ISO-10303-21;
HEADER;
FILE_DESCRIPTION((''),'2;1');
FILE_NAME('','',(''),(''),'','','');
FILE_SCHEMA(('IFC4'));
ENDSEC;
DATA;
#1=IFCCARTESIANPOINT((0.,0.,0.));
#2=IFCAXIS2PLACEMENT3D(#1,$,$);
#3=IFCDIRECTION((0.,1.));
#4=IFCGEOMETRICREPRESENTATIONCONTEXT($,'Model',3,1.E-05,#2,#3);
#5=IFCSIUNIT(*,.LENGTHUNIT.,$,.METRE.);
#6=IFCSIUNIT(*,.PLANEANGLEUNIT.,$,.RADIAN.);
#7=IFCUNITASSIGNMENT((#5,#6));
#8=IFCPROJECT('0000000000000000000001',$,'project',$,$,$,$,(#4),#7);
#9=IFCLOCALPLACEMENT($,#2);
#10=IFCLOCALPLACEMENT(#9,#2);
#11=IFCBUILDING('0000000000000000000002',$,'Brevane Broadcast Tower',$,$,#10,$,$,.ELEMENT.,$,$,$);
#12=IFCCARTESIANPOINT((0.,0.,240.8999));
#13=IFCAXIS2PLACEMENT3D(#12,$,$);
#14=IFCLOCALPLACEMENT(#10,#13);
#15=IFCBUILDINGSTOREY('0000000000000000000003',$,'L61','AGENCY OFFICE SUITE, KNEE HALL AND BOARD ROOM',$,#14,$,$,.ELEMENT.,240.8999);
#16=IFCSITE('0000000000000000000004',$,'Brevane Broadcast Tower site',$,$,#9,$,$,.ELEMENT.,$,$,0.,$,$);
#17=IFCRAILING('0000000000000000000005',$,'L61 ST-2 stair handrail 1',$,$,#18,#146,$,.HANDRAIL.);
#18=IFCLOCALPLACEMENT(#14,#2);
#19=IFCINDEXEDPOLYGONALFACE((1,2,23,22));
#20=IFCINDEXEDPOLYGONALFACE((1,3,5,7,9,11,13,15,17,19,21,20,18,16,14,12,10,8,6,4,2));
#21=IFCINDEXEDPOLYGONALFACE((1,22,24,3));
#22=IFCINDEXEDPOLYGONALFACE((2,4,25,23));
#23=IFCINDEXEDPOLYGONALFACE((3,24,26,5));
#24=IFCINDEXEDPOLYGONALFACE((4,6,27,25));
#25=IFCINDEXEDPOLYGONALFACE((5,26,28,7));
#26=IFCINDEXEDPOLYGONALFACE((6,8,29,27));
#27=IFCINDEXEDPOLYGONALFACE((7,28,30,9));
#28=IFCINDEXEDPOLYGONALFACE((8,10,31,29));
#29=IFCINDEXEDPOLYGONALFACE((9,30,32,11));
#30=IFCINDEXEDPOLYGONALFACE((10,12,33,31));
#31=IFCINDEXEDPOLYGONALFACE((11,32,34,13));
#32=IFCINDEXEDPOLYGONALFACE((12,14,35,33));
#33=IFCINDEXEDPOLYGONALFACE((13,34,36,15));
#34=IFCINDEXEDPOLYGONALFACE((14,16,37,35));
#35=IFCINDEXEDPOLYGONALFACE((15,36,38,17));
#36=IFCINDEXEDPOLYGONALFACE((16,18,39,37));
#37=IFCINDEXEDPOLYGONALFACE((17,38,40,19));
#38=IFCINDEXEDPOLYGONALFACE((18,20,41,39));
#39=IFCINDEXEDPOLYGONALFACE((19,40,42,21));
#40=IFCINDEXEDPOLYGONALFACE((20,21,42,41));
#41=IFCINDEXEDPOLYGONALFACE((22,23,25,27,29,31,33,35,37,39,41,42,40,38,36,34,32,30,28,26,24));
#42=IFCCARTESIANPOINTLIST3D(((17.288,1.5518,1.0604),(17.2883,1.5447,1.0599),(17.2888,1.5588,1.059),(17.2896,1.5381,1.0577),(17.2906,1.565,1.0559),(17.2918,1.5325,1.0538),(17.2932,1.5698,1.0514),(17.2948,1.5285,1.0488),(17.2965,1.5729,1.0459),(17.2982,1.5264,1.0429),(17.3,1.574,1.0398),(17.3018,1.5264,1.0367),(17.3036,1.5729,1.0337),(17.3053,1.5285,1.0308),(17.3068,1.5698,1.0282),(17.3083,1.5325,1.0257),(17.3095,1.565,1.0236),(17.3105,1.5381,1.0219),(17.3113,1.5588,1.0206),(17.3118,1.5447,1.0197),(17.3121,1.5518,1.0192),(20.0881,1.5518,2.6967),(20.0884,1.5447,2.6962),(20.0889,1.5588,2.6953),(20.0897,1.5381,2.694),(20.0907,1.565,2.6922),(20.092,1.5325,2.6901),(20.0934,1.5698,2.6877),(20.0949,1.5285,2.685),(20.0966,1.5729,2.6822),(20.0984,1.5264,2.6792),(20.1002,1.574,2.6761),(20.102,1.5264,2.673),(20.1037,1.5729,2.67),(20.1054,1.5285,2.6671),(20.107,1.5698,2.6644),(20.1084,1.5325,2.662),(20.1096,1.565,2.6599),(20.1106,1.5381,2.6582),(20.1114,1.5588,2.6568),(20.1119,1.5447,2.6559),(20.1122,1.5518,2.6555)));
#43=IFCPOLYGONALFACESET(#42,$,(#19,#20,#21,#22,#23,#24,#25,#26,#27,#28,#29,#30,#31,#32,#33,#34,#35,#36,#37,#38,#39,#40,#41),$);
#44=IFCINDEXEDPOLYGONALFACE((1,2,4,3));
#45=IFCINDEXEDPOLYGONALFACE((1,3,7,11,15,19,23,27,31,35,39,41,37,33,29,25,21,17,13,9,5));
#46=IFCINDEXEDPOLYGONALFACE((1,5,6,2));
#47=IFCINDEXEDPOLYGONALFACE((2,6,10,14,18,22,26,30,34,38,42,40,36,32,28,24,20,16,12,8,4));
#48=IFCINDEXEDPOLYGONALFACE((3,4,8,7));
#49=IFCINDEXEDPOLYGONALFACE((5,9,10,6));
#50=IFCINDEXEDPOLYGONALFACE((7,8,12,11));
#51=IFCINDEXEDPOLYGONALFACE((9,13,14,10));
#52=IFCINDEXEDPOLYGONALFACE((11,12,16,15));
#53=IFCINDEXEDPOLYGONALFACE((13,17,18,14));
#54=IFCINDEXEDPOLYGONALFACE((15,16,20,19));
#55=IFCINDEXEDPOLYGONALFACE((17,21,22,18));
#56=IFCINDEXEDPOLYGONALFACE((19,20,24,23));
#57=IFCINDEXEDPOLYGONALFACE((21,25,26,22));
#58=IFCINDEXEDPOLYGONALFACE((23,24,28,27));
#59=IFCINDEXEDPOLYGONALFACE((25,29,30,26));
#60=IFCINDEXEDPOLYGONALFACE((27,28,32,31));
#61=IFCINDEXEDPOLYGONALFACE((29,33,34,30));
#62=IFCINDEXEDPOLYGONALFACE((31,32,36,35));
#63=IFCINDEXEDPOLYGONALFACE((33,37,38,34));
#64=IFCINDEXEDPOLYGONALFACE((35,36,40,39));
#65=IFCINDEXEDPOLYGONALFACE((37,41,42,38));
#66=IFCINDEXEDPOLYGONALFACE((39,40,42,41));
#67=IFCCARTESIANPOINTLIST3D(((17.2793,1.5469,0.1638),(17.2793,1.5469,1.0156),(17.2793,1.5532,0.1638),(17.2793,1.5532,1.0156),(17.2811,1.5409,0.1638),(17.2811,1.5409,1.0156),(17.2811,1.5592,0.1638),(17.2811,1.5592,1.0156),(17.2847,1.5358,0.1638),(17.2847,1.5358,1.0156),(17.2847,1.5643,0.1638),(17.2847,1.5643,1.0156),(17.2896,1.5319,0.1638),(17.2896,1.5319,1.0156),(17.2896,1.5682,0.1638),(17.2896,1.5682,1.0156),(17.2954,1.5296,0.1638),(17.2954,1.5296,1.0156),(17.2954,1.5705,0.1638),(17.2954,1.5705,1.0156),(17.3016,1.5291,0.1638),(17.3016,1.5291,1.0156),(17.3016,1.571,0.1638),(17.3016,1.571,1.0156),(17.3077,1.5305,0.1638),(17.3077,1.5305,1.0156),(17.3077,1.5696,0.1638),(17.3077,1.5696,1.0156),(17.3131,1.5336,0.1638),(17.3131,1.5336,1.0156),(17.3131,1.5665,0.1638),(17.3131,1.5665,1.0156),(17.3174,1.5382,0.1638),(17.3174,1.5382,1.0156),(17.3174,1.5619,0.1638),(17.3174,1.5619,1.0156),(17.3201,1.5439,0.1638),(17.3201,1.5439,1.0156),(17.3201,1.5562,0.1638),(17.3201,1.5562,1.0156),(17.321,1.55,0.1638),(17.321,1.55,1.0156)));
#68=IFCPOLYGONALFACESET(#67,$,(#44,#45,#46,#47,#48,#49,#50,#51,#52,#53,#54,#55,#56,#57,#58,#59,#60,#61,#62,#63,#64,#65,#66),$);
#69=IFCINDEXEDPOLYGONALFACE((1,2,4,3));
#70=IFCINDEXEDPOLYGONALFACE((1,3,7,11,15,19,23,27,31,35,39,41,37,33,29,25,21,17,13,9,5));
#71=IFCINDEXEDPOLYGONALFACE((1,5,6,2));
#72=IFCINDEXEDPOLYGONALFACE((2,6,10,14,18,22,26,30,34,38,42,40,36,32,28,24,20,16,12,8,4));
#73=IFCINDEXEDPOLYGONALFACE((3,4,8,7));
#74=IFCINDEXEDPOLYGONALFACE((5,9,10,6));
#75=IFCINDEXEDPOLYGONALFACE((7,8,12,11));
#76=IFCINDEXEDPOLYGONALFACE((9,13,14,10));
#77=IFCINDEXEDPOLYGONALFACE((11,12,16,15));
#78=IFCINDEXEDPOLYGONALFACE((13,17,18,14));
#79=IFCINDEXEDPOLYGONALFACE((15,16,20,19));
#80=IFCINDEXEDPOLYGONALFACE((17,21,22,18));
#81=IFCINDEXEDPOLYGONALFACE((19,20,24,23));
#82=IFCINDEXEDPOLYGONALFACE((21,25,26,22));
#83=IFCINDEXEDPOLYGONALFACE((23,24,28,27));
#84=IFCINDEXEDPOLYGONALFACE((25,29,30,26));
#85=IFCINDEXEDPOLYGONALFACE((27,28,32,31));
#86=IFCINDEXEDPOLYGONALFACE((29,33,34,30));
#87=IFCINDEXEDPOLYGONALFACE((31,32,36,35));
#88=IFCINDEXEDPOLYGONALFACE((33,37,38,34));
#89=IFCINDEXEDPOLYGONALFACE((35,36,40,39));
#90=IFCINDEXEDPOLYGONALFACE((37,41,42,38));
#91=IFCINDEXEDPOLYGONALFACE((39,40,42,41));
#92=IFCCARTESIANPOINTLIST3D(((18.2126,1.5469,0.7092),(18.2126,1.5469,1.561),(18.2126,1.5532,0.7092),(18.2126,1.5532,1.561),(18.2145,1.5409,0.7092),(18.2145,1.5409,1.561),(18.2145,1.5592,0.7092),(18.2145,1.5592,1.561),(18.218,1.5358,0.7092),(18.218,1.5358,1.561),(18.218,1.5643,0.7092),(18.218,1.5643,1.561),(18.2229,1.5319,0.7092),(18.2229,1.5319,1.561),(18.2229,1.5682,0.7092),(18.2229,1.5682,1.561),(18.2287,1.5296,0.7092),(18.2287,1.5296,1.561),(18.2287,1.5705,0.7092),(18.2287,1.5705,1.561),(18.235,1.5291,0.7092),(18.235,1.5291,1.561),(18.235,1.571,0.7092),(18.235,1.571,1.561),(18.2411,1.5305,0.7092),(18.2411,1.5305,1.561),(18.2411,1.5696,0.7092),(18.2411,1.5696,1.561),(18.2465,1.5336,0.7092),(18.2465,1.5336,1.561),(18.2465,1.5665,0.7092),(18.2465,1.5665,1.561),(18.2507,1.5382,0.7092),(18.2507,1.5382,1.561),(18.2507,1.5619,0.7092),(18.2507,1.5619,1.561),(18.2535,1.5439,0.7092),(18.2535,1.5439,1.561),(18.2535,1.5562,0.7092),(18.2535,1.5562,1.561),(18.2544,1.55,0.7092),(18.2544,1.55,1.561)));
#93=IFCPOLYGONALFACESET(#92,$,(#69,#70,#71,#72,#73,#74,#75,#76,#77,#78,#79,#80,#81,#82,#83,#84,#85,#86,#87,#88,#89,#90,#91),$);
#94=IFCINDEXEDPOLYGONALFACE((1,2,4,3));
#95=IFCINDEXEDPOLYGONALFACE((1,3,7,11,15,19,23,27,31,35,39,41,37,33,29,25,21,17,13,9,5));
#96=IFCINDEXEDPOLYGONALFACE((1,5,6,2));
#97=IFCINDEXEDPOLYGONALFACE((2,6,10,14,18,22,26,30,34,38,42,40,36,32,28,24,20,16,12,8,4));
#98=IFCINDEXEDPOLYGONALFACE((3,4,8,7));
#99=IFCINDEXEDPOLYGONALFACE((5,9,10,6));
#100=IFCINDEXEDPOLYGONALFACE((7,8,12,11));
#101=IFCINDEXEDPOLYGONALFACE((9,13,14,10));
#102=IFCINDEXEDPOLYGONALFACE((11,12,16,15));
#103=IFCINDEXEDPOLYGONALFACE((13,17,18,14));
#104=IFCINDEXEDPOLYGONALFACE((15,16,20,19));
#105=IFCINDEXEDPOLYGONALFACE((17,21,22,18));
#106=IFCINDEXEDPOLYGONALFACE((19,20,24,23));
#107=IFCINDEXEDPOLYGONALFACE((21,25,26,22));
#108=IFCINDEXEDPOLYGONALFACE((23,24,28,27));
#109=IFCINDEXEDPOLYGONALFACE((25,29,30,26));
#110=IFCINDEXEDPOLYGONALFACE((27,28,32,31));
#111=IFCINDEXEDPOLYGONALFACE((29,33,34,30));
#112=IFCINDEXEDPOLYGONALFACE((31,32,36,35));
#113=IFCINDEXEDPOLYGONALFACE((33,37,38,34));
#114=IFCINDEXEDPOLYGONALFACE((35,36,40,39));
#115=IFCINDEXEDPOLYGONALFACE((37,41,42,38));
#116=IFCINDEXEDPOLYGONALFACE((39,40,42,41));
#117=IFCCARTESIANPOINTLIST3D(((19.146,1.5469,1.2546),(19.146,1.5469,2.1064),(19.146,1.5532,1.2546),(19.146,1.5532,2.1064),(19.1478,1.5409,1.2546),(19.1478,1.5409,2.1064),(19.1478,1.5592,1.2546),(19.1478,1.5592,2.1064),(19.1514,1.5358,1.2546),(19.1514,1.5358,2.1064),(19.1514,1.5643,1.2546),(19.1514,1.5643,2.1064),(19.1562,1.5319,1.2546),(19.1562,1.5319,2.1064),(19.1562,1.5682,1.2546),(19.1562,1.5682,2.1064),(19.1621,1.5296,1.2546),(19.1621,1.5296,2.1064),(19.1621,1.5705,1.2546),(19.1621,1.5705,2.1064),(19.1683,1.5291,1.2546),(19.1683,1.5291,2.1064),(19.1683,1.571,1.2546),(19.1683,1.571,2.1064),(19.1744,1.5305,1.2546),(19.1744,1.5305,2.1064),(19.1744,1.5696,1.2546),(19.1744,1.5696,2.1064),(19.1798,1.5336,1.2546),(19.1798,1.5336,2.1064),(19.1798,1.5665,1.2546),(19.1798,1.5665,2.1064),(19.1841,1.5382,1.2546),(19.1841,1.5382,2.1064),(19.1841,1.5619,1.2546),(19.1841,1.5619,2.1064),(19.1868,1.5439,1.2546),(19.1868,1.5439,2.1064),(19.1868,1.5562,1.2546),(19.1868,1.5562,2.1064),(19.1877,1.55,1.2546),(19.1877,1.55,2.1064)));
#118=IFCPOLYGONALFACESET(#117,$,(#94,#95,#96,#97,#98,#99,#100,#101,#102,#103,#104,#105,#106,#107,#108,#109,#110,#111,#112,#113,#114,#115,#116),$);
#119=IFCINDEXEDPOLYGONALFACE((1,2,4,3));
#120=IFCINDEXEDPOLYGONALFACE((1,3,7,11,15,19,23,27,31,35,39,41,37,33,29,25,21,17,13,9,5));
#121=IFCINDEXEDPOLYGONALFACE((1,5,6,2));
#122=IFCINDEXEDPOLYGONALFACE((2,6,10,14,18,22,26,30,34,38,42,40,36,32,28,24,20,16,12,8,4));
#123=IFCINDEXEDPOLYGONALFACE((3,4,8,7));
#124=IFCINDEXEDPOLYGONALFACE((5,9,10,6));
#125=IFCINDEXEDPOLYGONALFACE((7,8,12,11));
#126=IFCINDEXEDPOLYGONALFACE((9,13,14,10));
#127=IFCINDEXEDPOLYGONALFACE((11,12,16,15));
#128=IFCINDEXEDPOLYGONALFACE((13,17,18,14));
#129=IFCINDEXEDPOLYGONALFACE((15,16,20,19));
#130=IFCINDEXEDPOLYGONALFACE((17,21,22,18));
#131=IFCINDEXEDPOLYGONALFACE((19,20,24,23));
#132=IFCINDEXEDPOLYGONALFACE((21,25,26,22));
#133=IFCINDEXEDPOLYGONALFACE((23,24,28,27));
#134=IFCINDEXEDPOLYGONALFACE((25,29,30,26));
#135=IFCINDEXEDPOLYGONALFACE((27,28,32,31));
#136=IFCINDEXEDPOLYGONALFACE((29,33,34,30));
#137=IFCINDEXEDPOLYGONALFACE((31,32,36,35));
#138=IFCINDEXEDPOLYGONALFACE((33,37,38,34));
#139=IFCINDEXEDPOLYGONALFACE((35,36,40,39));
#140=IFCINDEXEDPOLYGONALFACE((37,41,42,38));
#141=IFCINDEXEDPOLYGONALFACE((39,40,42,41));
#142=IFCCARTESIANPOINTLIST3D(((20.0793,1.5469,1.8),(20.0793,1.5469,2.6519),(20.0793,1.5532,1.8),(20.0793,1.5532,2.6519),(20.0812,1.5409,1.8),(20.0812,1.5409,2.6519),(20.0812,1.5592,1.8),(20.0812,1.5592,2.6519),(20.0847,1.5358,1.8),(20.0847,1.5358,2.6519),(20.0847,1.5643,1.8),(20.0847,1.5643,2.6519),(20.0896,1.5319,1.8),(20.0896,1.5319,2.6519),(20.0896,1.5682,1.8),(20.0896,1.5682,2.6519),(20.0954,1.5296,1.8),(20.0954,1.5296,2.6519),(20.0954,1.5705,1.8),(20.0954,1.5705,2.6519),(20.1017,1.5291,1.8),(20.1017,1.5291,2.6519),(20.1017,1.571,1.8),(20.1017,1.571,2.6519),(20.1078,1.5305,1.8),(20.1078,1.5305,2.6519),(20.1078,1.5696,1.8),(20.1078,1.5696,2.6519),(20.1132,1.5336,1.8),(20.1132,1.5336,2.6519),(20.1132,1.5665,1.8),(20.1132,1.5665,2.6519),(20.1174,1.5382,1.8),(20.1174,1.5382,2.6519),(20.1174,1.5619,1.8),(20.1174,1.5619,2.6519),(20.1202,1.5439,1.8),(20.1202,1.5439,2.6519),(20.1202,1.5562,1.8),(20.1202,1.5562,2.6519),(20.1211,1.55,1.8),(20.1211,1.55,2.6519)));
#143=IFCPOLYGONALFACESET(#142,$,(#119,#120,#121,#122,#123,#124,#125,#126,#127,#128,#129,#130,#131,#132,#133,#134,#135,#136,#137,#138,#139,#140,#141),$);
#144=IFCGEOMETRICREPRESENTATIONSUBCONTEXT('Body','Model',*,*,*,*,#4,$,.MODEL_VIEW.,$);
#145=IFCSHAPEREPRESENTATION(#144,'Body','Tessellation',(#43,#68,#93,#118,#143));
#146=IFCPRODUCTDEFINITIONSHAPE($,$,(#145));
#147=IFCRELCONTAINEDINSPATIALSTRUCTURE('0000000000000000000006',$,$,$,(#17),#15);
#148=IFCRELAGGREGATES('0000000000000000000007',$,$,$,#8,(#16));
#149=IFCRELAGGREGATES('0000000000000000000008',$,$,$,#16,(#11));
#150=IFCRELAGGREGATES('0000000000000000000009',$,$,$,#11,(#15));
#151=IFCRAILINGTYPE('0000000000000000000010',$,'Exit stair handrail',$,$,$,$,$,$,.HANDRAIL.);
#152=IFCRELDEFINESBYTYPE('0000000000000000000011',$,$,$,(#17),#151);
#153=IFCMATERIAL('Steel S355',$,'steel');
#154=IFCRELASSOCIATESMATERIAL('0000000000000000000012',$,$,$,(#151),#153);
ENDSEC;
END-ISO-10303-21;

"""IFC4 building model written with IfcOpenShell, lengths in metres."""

from ifc_helpers import new_model, si_unit, direction, frame, origin, origin_2d, place, context, subcontext, project, spatial, circle, extrude, material, type_object, element, save


model = new_model("IFC4")

# Units and contexts
model_context = context("Model", 3, precision=1e-05, world=origin(), true_north=direction((0.0, 1.0)))
body_context = subcontext(model_context, "Body", "Model", "MODEL_VIEW")
ifc_project = project(units=[si_unit("LENGTHUNIT", "METRE"), si_unit("PLANEANGLEUNIT", "RADIAN")], contexts=[model_context])

# Site, building, storey
site_placement = place(None, origin())
site = spatial("IfcSite", under=ifc_project, at=site_placement, Name="Brevane Broadcast Tower site", CompositionType="ELEMENT", RefElevation=0.0)
building_placement = place(site_placement, origin())
building = spatial("IfcBuilding", under=site, at=building_placement, Name="Brevane Broadcast Tower", CompositionType="ELEMENT")
storey_placement = place(building_placement, frame((0.0, 0.0, 240.8999)))
storey = spatial("IfcBuildingStorey", under=building, at=storey_placement, Name="L61", Description="AGENCY OFFICE SUITE, KNEE HALL AND BOARD ROOM", CompositionType="ELEMENT", Elevation=240.8999)

# Railing
ifc_material_1 = material(Name="Steel S355", Category="steel")
railing_type_1 = type_object("IfcRailingType", Name="Exit stair handrail", PredefinedType="HANDRAIL", material=ifc_material_1)
railing_1_placement = place(storey_placement, frame((17.3, 1.55, 0.1638)))
element("IfcRailing", 1, at=railing_1_placement, inside=storey, type_object=railing_type_1, Name="L61 ST-2 stair handrail 1", PredefinedType="HANDRAIL", context=body_context, shape_type="SweptSolid", body=[
    extrude(circle(Radius=0.0239, at=origin_2d()), frame((0.0, 0.0, 0.876), z_axis=(0.863394, 0.0, 0.504531), x_axis=(0.0, 1.0, 0.0)), (0.0, 0.0, 1.0), 3.2432),
    extrude(circle(Radius=0.021, at=origin_2d()), origin(), (0.0, 0.0, 1.0), 0.8518),
    extrude(circle(Radius=0.021, at=origin_2d()), frame((0.9333, 0.0, 0.5454)), (0.0, 0.0, 1.0), 0.8518),
    extrude(circle(Radius=0.021, at=origin_2d()), frame((1.8667, 0.0, 1.0908)), (0.0, 0.0, 1.0), 0.8518),
    extrude(circle(Radius=0.021, at=origin_2d()), frame((2.8, 0.0, 1.6362)), (0.0, 0.0, 1.0), 0.8518),
])

save(model, "model.ifc")
